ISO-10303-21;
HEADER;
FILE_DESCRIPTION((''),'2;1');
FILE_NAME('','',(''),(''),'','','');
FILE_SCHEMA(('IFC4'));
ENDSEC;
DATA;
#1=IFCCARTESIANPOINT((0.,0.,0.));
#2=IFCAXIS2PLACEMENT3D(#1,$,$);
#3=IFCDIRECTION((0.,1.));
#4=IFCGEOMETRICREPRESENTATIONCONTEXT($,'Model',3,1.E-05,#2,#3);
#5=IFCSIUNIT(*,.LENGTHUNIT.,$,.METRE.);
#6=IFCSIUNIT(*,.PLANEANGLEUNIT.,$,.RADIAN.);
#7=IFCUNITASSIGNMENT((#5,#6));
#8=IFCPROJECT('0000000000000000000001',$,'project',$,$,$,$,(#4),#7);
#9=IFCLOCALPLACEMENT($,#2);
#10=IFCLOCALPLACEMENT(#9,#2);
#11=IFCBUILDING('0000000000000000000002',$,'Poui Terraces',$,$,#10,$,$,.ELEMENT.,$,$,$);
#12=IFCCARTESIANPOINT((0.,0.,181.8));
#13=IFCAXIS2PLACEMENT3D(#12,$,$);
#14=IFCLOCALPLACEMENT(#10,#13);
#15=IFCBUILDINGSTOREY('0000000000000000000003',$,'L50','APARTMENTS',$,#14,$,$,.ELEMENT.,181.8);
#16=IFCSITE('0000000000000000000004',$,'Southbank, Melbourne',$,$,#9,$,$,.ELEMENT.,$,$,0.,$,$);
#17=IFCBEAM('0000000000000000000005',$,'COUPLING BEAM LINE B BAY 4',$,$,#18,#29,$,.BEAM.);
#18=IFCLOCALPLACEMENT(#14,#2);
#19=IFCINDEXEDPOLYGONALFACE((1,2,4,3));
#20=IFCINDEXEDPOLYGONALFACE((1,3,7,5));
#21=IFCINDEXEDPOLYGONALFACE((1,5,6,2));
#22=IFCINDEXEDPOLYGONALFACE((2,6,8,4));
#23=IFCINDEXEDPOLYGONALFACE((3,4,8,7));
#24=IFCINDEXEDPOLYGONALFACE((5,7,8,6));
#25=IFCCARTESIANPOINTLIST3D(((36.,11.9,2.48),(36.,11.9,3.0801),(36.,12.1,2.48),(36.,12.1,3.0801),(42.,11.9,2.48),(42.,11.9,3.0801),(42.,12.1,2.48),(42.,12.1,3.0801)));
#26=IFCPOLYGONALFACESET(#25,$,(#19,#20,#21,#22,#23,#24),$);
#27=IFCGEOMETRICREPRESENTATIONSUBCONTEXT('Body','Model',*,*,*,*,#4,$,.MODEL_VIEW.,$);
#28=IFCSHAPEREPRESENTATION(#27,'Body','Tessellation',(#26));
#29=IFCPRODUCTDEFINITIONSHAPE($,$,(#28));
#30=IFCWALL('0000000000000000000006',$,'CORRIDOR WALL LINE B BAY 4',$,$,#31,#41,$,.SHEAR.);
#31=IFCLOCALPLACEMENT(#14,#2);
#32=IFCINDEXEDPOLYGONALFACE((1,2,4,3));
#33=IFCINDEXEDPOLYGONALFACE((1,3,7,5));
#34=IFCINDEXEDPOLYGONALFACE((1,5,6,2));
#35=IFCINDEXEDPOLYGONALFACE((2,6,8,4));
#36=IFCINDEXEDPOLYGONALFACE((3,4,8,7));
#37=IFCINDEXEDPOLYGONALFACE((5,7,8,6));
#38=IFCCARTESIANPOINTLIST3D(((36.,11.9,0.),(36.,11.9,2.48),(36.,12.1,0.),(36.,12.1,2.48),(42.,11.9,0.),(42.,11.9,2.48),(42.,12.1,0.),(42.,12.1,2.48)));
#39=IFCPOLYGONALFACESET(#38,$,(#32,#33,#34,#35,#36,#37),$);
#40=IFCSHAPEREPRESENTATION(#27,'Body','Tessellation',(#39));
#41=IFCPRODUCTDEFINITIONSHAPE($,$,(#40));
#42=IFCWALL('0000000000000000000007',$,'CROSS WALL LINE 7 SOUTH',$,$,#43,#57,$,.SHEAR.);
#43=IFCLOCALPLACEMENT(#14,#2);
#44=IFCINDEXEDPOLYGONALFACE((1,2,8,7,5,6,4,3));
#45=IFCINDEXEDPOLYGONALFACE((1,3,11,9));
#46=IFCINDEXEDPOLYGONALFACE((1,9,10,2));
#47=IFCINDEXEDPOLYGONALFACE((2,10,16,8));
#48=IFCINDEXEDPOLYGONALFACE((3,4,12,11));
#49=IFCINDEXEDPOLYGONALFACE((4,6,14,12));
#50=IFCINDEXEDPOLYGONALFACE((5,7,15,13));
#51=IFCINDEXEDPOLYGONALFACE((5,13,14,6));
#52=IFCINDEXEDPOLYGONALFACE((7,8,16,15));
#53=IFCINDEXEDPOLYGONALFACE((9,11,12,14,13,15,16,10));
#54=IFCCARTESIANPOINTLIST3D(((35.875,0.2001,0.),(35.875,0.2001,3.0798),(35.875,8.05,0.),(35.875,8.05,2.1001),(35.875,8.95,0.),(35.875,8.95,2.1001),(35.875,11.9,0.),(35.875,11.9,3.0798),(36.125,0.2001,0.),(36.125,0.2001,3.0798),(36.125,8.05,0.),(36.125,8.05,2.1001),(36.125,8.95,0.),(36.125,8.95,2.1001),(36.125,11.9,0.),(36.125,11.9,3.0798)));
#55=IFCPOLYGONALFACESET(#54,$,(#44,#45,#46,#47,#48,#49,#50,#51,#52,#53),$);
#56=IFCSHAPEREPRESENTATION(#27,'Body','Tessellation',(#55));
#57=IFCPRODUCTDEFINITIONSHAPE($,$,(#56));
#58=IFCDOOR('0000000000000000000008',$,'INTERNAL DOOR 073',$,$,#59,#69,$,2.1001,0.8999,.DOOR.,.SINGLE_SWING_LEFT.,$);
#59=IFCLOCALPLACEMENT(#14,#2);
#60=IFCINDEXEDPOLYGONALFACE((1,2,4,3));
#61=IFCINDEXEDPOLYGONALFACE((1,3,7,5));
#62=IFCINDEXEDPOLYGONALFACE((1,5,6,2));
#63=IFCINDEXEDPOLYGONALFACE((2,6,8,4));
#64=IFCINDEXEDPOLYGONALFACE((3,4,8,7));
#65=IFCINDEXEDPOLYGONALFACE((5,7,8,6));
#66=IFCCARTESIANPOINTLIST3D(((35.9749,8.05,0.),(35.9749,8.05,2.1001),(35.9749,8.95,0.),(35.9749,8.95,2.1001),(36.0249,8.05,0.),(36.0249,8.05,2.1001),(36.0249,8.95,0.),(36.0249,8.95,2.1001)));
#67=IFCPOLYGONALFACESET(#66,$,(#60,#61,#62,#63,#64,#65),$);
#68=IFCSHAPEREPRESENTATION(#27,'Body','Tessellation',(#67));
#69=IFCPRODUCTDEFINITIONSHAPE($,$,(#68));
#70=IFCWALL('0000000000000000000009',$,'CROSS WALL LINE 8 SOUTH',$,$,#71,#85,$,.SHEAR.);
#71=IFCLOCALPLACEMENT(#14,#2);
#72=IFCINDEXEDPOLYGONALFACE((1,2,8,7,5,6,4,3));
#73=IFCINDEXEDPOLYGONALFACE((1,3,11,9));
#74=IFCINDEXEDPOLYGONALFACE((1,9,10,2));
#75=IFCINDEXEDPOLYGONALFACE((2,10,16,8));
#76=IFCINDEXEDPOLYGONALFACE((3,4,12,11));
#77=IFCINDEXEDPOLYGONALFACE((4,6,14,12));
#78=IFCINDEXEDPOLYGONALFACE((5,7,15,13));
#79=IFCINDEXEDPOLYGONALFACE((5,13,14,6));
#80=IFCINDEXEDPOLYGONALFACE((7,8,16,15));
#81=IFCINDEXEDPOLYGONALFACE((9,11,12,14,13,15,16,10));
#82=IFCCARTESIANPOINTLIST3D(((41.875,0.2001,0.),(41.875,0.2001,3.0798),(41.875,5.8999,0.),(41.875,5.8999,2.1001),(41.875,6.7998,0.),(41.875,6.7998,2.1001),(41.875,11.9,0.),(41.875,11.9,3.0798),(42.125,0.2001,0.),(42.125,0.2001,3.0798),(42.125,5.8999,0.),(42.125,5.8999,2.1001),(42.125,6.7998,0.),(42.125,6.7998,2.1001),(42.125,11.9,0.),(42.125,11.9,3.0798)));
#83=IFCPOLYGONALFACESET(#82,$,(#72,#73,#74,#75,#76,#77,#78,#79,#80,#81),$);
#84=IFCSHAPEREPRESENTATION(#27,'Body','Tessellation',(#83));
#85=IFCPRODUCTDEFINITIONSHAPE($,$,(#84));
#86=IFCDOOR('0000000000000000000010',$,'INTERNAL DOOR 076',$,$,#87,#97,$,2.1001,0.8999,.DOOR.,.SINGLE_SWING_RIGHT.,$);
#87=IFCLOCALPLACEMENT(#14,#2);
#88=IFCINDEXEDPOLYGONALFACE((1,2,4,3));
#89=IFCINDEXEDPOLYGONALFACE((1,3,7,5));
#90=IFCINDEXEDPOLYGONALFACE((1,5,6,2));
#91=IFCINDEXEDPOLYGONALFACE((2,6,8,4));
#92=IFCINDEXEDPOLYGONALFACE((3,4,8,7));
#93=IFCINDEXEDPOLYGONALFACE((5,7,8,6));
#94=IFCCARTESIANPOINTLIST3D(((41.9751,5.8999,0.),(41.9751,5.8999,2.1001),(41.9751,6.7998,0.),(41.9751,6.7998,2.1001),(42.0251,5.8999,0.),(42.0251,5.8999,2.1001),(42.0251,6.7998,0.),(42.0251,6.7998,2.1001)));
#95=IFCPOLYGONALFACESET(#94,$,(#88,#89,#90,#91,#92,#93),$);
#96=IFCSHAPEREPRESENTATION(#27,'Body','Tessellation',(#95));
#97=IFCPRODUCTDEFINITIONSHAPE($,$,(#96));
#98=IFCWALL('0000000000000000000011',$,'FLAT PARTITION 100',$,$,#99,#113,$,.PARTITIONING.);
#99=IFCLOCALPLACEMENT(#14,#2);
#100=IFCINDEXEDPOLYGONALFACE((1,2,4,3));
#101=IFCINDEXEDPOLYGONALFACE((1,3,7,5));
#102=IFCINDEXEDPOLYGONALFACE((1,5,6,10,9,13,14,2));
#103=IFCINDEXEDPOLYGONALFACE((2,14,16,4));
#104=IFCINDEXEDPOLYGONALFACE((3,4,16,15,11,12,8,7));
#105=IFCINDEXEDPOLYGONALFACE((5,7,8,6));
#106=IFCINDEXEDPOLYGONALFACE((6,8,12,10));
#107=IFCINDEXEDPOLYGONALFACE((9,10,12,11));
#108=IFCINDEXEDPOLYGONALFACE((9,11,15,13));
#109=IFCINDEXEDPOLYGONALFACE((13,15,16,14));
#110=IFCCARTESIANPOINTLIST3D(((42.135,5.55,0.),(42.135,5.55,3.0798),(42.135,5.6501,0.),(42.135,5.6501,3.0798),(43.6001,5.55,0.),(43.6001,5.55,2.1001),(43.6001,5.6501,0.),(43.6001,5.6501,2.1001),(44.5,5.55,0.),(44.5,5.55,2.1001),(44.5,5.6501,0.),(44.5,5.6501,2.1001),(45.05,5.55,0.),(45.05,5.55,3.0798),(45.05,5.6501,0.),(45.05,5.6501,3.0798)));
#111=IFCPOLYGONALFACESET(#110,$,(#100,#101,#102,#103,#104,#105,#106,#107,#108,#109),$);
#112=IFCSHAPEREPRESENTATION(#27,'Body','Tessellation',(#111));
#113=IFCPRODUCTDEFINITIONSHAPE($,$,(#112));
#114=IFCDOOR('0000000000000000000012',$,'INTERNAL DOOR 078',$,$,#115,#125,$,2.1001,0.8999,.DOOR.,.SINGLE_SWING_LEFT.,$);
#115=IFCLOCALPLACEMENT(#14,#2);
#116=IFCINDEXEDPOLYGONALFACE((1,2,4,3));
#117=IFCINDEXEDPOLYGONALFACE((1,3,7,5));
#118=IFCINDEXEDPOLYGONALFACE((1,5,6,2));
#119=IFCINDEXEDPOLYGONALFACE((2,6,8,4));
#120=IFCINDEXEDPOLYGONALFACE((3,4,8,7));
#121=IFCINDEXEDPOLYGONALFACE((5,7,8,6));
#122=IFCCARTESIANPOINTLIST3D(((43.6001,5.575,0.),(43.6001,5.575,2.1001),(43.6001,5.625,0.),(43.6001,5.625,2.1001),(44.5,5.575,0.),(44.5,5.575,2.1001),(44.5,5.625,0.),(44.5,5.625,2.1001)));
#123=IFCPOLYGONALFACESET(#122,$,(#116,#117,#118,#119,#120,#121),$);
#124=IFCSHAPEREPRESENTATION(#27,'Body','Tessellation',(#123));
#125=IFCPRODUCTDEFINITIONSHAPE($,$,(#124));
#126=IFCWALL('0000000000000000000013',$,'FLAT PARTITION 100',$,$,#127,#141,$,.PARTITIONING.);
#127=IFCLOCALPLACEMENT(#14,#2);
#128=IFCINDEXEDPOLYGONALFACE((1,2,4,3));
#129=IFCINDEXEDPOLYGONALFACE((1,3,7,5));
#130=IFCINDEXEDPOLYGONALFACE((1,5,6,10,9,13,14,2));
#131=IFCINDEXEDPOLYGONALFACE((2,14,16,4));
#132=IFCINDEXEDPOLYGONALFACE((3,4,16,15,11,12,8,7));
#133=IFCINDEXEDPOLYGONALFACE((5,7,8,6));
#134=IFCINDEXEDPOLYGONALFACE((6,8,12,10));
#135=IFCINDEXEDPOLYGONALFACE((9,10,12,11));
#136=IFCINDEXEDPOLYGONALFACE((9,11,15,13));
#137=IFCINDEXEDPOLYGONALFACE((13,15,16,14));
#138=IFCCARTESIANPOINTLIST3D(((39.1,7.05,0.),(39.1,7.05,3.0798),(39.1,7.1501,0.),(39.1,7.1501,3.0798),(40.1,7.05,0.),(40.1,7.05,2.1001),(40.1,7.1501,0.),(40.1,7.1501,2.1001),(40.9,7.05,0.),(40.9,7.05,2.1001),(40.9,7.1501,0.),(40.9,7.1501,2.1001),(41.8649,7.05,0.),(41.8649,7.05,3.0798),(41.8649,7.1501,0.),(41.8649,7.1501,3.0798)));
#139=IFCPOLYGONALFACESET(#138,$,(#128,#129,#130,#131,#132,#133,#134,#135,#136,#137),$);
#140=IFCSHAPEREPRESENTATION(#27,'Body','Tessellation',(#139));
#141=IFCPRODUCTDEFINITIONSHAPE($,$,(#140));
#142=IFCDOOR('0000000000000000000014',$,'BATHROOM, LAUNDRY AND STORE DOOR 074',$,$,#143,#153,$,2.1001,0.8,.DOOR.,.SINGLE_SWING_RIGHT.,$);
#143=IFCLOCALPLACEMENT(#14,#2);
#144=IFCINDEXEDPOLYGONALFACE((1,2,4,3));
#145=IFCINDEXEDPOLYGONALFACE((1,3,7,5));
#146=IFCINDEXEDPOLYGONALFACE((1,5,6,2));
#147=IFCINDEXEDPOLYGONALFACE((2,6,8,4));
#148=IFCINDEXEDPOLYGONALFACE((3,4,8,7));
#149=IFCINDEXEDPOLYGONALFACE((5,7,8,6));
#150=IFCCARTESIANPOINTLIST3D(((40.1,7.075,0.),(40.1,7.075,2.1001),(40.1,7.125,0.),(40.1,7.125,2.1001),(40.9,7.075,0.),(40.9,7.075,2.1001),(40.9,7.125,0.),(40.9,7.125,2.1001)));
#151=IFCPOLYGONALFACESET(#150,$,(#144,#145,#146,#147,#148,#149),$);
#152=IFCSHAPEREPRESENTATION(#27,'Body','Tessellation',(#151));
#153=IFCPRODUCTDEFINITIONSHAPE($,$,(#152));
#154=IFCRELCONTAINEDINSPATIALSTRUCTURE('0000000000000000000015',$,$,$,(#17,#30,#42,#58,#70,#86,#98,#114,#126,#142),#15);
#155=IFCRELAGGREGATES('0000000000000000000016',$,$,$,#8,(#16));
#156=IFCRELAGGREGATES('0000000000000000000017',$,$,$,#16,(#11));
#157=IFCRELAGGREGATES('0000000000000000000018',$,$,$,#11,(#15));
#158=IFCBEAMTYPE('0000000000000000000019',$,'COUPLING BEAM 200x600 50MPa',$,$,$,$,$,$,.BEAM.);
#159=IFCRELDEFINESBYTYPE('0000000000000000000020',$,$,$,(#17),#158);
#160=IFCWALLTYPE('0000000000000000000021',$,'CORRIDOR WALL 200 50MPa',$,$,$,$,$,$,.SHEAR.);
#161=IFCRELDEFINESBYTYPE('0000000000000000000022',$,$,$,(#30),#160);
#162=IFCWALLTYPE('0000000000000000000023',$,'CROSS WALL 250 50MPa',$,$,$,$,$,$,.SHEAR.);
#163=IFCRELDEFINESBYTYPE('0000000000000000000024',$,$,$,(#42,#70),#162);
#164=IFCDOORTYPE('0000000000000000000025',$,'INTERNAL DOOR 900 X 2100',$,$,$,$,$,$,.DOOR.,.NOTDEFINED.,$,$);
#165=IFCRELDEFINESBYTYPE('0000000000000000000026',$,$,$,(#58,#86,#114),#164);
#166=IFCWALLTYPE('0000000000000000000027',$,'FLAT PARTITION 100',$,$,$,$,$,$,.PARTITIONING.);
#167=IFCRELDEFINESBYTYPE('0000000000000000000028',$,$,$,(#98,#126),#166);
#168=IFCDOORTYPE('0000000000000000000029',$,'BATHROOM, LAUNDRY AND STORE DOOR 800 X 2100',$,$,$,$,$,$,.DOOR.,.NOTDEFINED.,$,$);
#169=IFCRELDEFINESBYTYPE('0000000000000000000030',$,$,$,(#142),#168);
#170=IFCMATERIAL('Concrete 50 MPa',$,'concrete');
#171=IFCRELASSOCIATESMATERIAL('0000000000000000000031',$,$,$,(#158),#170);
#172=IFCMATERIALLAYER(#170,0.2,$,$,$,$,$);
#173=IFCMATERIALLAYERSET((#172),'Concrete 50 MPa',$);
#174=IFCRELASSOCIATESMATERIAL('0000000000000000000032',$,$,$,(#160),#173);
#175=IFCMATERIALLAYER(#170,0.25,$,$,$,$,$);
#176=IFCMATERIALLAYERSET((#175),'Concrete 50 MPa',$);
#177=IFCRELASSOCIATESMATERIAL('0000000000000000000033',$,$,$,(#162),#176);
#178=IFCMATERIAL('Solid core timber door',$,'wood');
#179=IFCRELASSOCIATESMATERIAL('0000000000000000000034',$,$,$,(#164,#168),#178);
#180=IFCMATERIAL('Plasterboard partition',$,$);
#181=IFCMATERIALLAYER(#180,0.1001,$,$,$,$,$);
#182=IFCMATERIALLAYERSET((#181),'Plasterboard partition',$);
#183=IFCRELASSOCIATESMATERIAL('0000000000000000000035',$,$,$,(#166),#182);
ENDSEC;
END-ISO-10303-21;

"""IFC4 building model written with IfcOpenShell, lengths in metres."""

from ifc_helpers import new_model, si_unit, direction, frame, frame_2d, origin, origin_2d, place, context, subcontext, project, spatial, rectangle, extrude, source, transform, mapped, material, layer, layer_set, material_profile, profile_set, type_object, element, fill, save


model = new_model("IFC4")

# Units and contexts
model_context = context("Model", 3, precision=1e-05, world=origin(), true_north=direction((0.0, 1.0)))
body_context = subcontext(model_context, "Body", "Model", "MODEL_VIEW")
ifc_project = project(units=[si_unit("LENGTHUNIT", "METRE"), si_unit("PLANEANGLEUNIT", "RADIAN")], contexts=[model_context])

# Site, building, storey
site_placement = place(None, origin())
site = spatial("IfcSite", under=ifc_project, at=site_placement, Name="Southbank, Melbourne", CompositionType="ELEMENT", RefElevation=0.0)
building_placement = place(site_placement, origin())
building = spatial("IfcBuilding", under=site, at=building_placement, Name="Poui Terraces", CompositionType="ELEMENT")
storey_placement = place(building_placement, frame((0.0, 0.0, 181.8)))
storey = spatial("IfcBuildingStorey", under=building, at=storey_placement, Name="L50", Description="APARTMENTS", CompositionType="ELEMENT", Elevation=181.8)

# Beam
ifc_material_1 = material(Name="Concrete 50 MPa", Category="concrete")
ifc_material_profile = material_profile(ifc_material_1, rectangle(XDim=0.2, YDim=0.6001, at=origin_2d()), Name="RC 200x600")
ifc_profile_set = profile_set([ifc_material_profile], Name="Concrete 50 MPa")
beam_type = type_object("IfcBeamType", Name="COUPLING BEAM 200x600 50MPa", PredefinedType="BEAM", material=ifc_profile_set)
shared_shape = source(origin(), body_context, "Body", "SweptSolid", [
    extrude(rectangle(XDim=0.2, YDim=0.6001, at=origin_2d()), origin(), (0.0, 0.0, 1.0), 6.0),
])
beam_placement = place(storey_placement, frame((36.0, 12.0, 2.78), z_axis=(1.0, 0.0, 0.0), x_axis=(0.0, 1.0, 0.0)))
element("IfcBeam", 1, at=beam_placement, inside=storey, type_object=beam_type, Name="COUPLING BEAM LINE B BAY 4", PredefinedType="BEAM", context=body_context, shape_type="MappedRepresentation", body=[
    mapped(shared_shape, transform((0.0, 0.0, 0.0))),
])

# Wall
ifc_layer_1 = layer(ifc_material_1, 0.2)
ifc_layer_set_1 = layer_set([ifc_layer_1], Name="Concrete 50 MPa")
wall_type_1 = type_object("IfcWallType", Name="CORRIDOR WALL 200 50MPa", PredefinedType="SHEAR", material=ifc_layer_set_1)
wall_1_placement = place(storey_placement, frame((36.0, 12.0, 0.0), z_axis=(0.0, 0.0, 1.0), x_axis=(1.0, 0.0, 0.0)))
element("IfcWall", 2, at=wall_1_placement, inside=storey, type_object=wall_type_1, Name="CORRIDOR WALL LINE B BAY 4", PredefinedType="SHEAR", context=body_context, shape_type="SweptSolid", body=[
    extrude(rectangle(XDim=6.0, YDim=0.2, at=frame_2d((3.0, 0.0))), origin(), (0.0, 0.0, 1.0), 2.48),
])

# Walls, openings, doors
ifc_layer_2 = layer(ifc_material_1, 0.25)
ifc_layer_set_2 = layer_set([ifc_layer_2], Name="Concrete 50 MPa")
wall_type_2 = type_object("IfcWallType", Name="CROSS WALL 250 50MPa", PredefinedType="SHEAR", material=ifc_layer_set_2)
wall_2_placement = place(storey_placement, frame((36.0, 0.2, 0.0), z_axis=(0.0, 0.0, 1.0), x_axis=(0.0, 1.0, 0.0)))
wall_2 = element("IfcWall", 3, at=wall_2_placement, inside=storey, type_object=wall_type_2, Name="CROSS WALL LINE 7 SOUTH", PredefinedType="SHEAR", context=body_context, shape_type="SweptSolid", body=[
    extrude(rectangle(XDim=11.7, YDim=0.25, at=frame_2d((5.8501, 0.0))), origin(), (0.0, 0.0, 1.0), 3.0798),
])
opening_1_placement = place(wall_2_placement, frame((7.8501, 0.0, 0.0)))
opening_1 = element("IfcOpeningElement", 4, at=opening_1_placement, cuts=wall_2, PredefinedType="OPENING", context=body_context, shape_type="SweptSolid", body=[
    extrude(rectangle(XDim=0.8999, YDim=2.1001, at=frame_2d((0.45, 1.05))), frame((0.0, 0.135, 0.0), z_axis=(0.0, -1.0, 0.0), x_axis=(1.0, 0.0, 0.0)), (0.0, 0.0, 1.0), 0.27),
])
ifc_material_2 = material(Name="Solid core timber door", Category="wood")
door_type_1 = type_object("IfcDoorType", Name="INTERNAL DOOR 900 X 2100", OperationType="NOTDEFINED", PredefinedType="DOOR", material=ifc_material_2)
door_1_placement = place(opening_1_placement, frame((0.8999, 0.0, 0.0), z_axis=(0.0, 0.0, 1.0), x_axis=(-1.0, 0.0, 0.0)))
door_1 = element("IfcDoor", 5, at=door_1_placement, inside=storey, type_object=door_type_1, Name="INTERNAL DOOR 073", OperationType="SINGLE_SWING_LEFT", OverallHeight=2.1001, OverallWidth=0.8999, PredefinedType="DOOR", context=body_context, shape_type="SweptSolid", body=[
    extrude(rectangle(XDim=0.8999, YDim=2.1001, at=frame_2d((0.45, 1.05))), frame((0.0, 0.0249, 0.0), z_axis=(0.0, -1.0, 0.0), x_axis=(1.0, 0.0, 0.0)), (0.0, 0.0, 1.0), 0.05),
])
fill(opening_1, door_1)
wall_3_placement = place(storey_placement, frame((42.0, 0.2, 0.0), z_axis=(0.0, 0.0, 1.0), x_axis=(0.0, 1.0, 0.0)))
wall_3 = element("IfcWall", 6, at=wall_3_placement, inside=storey, type_object=wall_type_2, Name="CROSS WALL LINE 8 SOUTH", PredefinedType="SHEAR", context=body_context, shape_type="SweptSolid", body=[
    extrude(rectangle(XDim=11.7, YDim=0.25, at=frame_2d((5.8501, 0.0))), origin(), (0.0, 0.0, 1.0), 3.0798),
])
opening_2_placement = place(wall_3_placement, frame((5.7, 0.0, 0.0)))
opening_2 = element("IfcOpeningElement", 7, at=opening_2_placement, cuts=wall_3, PredefinedType="OPENING", context=body_context, shape_type="SweptSolid", body=[
    extrude(rectangle(XDim=0.8999, YDim=2.1001, at=frame_2d((0.45, 1.05))), frame((0.0, 0.135, 0.0), z_axis=(0.0, -1.0, 0.0), x_axis=(1.0, 0.0, 0.0)), (0.0, 0.0, 1.0), 0.27),
])
door_2_placement = place(opening_2_placement, origin())
door_2 = element("IfcDoor", 8, at=door_2_placement, inside=storey, type_object=door_type_1, Name="INTERNAL DOOR 076", OperationType="SINGLE_SWING_RIGHT", OverallHeight=2.1001, OverallWidth=0.8999, PredefinedType="DOOR", context=body_context, shape_type="SweptSolid", body=[
    extrude(rectangle(XDim=0.8999, YDim=2.1001, at=frame_2d((0.45, 1.05))), frame((0.0, 0.0249, 0.0), z_axis=(0.0, -1.0, 0.0), x_axis=(1.0, 0.0, 0.0)), (0.0, 0.0, 1.0), 0.05),
])
fill(opening_2, door_2)
ifc_material_3 = material(Name="Plasterboard partition")
ifc_layer_3 = layer(ifc_material_3, 0.1001)
ifc_layer_set_3 = layer_set([ifc_layer_3], Name="Plasterboard partition")
wall_type_3 = type_object("IfcWallType", Name="FLAT PARTITION 100", PredefinedType="PARTITIONING", material=ifc_layer_set_3)
wall_4_placement = place(storey_placement, frame((42.135, 5.6001, 0.0), z_axis=(0.0, 0.0, 1.0), x_axis=(1.0, 0.0, 0.0)))
wall_4 = element("IfcWall", 9, at=wall_4_placement, inside=storey, type_object=wall_type_3, Name="FLAT PARTITION 100", PredefinedType="PARTITIONING", context=body_context, shape_type="SweptSolid", body=[
    extrude(rectangle(XDim=2.915, YDim=0.1001, at=frame_2d((1.4575, 0.0))), origin(), (0.0, 0.0, 1.0), 3.0798),
])
opening_3_placement = place(wall_4_placement, frame((1.4651, 0.0, 0.0)))
opening_3 = element("IfcOpeningElement", 10, at=opening_3_placement, cuts=wall_4, PredefinedType="OPENING", context=body_context, shape_type="SweptSolid", body=[
    extrude(rectangle(XDim=0.8999, YDim=2.1001, at=frame_2d((0.45, 1.05))), frame((0.0, 0.0601, 0.0), z_axis=(0.0, -1.0, 0.0), x_axis=(1.0, 0.0, 0.0)), (0.0, 0.0, 1.0), 0.1201),
])
door_3_placement = place(opening_3_placement, origin())
door_3 = element("IfcDoor", 11, at=door_3_placement, inside=storey, type_object=door_type_1, Name="INTERNAL DOOR 078", OperationType="SINGLE_SWING_LEFT", OverallHeight=2.1001, OverallWidth=0.8999, PredefinedType="DOOR", context=body_context, shape_type="SweptSolid", body=[
    extrude(rectangle(XDim=0.8999, YDim=2.1001, at=frame_2d((0.45, 1.05))), frame((0.0, 0.0249, 0.0), z_axis=(0.0, -1.0, 0.0), x_axis=(1.0, 0.0, 0.0)), (0.0, 0.0, 1.0), 0.05),
])
fill(opening_3, door_3)
wall_5_placement = place(storey_placement, frame((39.1001, 7.1001, 0.0), z_axis=(0.0, 0.0, 1.0), x_axis=(1.0, 0.0, 0.0)))
wall_5 = element("IfcWall", 12, at=wall_5_placement, inside=storey, type_object=wall_type_3, Name="FLAT PARTITION 100", PredefinedType="PARTITIONING", context=body_context, shape_type="SweptSolid", body=[
    extrude(rectangle(XDim=2.7649, YDim=0.1001, at=frame_2d((1.3823, 0.0))), origin(), (0.0, 0.0, 1.0), 3.0798),
])
opening_4_placement = place(wall_5_placement, frame((1.0, 0.0, 0.0)))
opening_4 = element("IfcOpeningElement", 13, at=opening_4_placement, cuts=wall_5, PredefinedType="OPENING", context=body_context, shape_type="SweptSolid", body=[
    extrude(rectangle(XDim=0.8, YDim=2.1001, at=frame_2d((0.3999, 1.05))), frame((0.0, 0.0601, 0.0), z_axis=(0.0, -1.0, 0.0), x_axis=(1.0, 0.0, 0.0)), (0.0, 0.0, 1.0), 0.1201),
])
door_type_2 = type_object("IfcDoorType", Name="BATHROOM, LAUNDRY AND STORE DOOR 800 X 2100", OperationType="NOTDEFINED", PredefinedType="DOOR", material=ifc_material_2)
door_4_placement = place(opening_4_placement, origin())
door_4 = element("IfcDoor", 14, at=door_4_placement, inside=storey, type_object=door_type_2, Name="BATHROOM, LAUNDRY AND STORE DOOR 074", OperationType="SINGLE_SWING_RIGHT", OverallHeight=2.1001, OverallWidth=0.8, PredefinedType="DOOR", context=body_context, shape_type="SweptSolid", body=[
    extrude(rectangle(XDim=0.8, YDim=2.1001, at=frame_2d((0.3999, 1.05))), frame((0.0, 0.0249, 0.0), z_axis=(0.0, -1.0, 0.0), x_axis=(1.0, 0.0, 0.0)), (0.0, 0.0, 1.0), 0.05),
])
fill(opening_4, door_4)

save(model, "model.ifc")
